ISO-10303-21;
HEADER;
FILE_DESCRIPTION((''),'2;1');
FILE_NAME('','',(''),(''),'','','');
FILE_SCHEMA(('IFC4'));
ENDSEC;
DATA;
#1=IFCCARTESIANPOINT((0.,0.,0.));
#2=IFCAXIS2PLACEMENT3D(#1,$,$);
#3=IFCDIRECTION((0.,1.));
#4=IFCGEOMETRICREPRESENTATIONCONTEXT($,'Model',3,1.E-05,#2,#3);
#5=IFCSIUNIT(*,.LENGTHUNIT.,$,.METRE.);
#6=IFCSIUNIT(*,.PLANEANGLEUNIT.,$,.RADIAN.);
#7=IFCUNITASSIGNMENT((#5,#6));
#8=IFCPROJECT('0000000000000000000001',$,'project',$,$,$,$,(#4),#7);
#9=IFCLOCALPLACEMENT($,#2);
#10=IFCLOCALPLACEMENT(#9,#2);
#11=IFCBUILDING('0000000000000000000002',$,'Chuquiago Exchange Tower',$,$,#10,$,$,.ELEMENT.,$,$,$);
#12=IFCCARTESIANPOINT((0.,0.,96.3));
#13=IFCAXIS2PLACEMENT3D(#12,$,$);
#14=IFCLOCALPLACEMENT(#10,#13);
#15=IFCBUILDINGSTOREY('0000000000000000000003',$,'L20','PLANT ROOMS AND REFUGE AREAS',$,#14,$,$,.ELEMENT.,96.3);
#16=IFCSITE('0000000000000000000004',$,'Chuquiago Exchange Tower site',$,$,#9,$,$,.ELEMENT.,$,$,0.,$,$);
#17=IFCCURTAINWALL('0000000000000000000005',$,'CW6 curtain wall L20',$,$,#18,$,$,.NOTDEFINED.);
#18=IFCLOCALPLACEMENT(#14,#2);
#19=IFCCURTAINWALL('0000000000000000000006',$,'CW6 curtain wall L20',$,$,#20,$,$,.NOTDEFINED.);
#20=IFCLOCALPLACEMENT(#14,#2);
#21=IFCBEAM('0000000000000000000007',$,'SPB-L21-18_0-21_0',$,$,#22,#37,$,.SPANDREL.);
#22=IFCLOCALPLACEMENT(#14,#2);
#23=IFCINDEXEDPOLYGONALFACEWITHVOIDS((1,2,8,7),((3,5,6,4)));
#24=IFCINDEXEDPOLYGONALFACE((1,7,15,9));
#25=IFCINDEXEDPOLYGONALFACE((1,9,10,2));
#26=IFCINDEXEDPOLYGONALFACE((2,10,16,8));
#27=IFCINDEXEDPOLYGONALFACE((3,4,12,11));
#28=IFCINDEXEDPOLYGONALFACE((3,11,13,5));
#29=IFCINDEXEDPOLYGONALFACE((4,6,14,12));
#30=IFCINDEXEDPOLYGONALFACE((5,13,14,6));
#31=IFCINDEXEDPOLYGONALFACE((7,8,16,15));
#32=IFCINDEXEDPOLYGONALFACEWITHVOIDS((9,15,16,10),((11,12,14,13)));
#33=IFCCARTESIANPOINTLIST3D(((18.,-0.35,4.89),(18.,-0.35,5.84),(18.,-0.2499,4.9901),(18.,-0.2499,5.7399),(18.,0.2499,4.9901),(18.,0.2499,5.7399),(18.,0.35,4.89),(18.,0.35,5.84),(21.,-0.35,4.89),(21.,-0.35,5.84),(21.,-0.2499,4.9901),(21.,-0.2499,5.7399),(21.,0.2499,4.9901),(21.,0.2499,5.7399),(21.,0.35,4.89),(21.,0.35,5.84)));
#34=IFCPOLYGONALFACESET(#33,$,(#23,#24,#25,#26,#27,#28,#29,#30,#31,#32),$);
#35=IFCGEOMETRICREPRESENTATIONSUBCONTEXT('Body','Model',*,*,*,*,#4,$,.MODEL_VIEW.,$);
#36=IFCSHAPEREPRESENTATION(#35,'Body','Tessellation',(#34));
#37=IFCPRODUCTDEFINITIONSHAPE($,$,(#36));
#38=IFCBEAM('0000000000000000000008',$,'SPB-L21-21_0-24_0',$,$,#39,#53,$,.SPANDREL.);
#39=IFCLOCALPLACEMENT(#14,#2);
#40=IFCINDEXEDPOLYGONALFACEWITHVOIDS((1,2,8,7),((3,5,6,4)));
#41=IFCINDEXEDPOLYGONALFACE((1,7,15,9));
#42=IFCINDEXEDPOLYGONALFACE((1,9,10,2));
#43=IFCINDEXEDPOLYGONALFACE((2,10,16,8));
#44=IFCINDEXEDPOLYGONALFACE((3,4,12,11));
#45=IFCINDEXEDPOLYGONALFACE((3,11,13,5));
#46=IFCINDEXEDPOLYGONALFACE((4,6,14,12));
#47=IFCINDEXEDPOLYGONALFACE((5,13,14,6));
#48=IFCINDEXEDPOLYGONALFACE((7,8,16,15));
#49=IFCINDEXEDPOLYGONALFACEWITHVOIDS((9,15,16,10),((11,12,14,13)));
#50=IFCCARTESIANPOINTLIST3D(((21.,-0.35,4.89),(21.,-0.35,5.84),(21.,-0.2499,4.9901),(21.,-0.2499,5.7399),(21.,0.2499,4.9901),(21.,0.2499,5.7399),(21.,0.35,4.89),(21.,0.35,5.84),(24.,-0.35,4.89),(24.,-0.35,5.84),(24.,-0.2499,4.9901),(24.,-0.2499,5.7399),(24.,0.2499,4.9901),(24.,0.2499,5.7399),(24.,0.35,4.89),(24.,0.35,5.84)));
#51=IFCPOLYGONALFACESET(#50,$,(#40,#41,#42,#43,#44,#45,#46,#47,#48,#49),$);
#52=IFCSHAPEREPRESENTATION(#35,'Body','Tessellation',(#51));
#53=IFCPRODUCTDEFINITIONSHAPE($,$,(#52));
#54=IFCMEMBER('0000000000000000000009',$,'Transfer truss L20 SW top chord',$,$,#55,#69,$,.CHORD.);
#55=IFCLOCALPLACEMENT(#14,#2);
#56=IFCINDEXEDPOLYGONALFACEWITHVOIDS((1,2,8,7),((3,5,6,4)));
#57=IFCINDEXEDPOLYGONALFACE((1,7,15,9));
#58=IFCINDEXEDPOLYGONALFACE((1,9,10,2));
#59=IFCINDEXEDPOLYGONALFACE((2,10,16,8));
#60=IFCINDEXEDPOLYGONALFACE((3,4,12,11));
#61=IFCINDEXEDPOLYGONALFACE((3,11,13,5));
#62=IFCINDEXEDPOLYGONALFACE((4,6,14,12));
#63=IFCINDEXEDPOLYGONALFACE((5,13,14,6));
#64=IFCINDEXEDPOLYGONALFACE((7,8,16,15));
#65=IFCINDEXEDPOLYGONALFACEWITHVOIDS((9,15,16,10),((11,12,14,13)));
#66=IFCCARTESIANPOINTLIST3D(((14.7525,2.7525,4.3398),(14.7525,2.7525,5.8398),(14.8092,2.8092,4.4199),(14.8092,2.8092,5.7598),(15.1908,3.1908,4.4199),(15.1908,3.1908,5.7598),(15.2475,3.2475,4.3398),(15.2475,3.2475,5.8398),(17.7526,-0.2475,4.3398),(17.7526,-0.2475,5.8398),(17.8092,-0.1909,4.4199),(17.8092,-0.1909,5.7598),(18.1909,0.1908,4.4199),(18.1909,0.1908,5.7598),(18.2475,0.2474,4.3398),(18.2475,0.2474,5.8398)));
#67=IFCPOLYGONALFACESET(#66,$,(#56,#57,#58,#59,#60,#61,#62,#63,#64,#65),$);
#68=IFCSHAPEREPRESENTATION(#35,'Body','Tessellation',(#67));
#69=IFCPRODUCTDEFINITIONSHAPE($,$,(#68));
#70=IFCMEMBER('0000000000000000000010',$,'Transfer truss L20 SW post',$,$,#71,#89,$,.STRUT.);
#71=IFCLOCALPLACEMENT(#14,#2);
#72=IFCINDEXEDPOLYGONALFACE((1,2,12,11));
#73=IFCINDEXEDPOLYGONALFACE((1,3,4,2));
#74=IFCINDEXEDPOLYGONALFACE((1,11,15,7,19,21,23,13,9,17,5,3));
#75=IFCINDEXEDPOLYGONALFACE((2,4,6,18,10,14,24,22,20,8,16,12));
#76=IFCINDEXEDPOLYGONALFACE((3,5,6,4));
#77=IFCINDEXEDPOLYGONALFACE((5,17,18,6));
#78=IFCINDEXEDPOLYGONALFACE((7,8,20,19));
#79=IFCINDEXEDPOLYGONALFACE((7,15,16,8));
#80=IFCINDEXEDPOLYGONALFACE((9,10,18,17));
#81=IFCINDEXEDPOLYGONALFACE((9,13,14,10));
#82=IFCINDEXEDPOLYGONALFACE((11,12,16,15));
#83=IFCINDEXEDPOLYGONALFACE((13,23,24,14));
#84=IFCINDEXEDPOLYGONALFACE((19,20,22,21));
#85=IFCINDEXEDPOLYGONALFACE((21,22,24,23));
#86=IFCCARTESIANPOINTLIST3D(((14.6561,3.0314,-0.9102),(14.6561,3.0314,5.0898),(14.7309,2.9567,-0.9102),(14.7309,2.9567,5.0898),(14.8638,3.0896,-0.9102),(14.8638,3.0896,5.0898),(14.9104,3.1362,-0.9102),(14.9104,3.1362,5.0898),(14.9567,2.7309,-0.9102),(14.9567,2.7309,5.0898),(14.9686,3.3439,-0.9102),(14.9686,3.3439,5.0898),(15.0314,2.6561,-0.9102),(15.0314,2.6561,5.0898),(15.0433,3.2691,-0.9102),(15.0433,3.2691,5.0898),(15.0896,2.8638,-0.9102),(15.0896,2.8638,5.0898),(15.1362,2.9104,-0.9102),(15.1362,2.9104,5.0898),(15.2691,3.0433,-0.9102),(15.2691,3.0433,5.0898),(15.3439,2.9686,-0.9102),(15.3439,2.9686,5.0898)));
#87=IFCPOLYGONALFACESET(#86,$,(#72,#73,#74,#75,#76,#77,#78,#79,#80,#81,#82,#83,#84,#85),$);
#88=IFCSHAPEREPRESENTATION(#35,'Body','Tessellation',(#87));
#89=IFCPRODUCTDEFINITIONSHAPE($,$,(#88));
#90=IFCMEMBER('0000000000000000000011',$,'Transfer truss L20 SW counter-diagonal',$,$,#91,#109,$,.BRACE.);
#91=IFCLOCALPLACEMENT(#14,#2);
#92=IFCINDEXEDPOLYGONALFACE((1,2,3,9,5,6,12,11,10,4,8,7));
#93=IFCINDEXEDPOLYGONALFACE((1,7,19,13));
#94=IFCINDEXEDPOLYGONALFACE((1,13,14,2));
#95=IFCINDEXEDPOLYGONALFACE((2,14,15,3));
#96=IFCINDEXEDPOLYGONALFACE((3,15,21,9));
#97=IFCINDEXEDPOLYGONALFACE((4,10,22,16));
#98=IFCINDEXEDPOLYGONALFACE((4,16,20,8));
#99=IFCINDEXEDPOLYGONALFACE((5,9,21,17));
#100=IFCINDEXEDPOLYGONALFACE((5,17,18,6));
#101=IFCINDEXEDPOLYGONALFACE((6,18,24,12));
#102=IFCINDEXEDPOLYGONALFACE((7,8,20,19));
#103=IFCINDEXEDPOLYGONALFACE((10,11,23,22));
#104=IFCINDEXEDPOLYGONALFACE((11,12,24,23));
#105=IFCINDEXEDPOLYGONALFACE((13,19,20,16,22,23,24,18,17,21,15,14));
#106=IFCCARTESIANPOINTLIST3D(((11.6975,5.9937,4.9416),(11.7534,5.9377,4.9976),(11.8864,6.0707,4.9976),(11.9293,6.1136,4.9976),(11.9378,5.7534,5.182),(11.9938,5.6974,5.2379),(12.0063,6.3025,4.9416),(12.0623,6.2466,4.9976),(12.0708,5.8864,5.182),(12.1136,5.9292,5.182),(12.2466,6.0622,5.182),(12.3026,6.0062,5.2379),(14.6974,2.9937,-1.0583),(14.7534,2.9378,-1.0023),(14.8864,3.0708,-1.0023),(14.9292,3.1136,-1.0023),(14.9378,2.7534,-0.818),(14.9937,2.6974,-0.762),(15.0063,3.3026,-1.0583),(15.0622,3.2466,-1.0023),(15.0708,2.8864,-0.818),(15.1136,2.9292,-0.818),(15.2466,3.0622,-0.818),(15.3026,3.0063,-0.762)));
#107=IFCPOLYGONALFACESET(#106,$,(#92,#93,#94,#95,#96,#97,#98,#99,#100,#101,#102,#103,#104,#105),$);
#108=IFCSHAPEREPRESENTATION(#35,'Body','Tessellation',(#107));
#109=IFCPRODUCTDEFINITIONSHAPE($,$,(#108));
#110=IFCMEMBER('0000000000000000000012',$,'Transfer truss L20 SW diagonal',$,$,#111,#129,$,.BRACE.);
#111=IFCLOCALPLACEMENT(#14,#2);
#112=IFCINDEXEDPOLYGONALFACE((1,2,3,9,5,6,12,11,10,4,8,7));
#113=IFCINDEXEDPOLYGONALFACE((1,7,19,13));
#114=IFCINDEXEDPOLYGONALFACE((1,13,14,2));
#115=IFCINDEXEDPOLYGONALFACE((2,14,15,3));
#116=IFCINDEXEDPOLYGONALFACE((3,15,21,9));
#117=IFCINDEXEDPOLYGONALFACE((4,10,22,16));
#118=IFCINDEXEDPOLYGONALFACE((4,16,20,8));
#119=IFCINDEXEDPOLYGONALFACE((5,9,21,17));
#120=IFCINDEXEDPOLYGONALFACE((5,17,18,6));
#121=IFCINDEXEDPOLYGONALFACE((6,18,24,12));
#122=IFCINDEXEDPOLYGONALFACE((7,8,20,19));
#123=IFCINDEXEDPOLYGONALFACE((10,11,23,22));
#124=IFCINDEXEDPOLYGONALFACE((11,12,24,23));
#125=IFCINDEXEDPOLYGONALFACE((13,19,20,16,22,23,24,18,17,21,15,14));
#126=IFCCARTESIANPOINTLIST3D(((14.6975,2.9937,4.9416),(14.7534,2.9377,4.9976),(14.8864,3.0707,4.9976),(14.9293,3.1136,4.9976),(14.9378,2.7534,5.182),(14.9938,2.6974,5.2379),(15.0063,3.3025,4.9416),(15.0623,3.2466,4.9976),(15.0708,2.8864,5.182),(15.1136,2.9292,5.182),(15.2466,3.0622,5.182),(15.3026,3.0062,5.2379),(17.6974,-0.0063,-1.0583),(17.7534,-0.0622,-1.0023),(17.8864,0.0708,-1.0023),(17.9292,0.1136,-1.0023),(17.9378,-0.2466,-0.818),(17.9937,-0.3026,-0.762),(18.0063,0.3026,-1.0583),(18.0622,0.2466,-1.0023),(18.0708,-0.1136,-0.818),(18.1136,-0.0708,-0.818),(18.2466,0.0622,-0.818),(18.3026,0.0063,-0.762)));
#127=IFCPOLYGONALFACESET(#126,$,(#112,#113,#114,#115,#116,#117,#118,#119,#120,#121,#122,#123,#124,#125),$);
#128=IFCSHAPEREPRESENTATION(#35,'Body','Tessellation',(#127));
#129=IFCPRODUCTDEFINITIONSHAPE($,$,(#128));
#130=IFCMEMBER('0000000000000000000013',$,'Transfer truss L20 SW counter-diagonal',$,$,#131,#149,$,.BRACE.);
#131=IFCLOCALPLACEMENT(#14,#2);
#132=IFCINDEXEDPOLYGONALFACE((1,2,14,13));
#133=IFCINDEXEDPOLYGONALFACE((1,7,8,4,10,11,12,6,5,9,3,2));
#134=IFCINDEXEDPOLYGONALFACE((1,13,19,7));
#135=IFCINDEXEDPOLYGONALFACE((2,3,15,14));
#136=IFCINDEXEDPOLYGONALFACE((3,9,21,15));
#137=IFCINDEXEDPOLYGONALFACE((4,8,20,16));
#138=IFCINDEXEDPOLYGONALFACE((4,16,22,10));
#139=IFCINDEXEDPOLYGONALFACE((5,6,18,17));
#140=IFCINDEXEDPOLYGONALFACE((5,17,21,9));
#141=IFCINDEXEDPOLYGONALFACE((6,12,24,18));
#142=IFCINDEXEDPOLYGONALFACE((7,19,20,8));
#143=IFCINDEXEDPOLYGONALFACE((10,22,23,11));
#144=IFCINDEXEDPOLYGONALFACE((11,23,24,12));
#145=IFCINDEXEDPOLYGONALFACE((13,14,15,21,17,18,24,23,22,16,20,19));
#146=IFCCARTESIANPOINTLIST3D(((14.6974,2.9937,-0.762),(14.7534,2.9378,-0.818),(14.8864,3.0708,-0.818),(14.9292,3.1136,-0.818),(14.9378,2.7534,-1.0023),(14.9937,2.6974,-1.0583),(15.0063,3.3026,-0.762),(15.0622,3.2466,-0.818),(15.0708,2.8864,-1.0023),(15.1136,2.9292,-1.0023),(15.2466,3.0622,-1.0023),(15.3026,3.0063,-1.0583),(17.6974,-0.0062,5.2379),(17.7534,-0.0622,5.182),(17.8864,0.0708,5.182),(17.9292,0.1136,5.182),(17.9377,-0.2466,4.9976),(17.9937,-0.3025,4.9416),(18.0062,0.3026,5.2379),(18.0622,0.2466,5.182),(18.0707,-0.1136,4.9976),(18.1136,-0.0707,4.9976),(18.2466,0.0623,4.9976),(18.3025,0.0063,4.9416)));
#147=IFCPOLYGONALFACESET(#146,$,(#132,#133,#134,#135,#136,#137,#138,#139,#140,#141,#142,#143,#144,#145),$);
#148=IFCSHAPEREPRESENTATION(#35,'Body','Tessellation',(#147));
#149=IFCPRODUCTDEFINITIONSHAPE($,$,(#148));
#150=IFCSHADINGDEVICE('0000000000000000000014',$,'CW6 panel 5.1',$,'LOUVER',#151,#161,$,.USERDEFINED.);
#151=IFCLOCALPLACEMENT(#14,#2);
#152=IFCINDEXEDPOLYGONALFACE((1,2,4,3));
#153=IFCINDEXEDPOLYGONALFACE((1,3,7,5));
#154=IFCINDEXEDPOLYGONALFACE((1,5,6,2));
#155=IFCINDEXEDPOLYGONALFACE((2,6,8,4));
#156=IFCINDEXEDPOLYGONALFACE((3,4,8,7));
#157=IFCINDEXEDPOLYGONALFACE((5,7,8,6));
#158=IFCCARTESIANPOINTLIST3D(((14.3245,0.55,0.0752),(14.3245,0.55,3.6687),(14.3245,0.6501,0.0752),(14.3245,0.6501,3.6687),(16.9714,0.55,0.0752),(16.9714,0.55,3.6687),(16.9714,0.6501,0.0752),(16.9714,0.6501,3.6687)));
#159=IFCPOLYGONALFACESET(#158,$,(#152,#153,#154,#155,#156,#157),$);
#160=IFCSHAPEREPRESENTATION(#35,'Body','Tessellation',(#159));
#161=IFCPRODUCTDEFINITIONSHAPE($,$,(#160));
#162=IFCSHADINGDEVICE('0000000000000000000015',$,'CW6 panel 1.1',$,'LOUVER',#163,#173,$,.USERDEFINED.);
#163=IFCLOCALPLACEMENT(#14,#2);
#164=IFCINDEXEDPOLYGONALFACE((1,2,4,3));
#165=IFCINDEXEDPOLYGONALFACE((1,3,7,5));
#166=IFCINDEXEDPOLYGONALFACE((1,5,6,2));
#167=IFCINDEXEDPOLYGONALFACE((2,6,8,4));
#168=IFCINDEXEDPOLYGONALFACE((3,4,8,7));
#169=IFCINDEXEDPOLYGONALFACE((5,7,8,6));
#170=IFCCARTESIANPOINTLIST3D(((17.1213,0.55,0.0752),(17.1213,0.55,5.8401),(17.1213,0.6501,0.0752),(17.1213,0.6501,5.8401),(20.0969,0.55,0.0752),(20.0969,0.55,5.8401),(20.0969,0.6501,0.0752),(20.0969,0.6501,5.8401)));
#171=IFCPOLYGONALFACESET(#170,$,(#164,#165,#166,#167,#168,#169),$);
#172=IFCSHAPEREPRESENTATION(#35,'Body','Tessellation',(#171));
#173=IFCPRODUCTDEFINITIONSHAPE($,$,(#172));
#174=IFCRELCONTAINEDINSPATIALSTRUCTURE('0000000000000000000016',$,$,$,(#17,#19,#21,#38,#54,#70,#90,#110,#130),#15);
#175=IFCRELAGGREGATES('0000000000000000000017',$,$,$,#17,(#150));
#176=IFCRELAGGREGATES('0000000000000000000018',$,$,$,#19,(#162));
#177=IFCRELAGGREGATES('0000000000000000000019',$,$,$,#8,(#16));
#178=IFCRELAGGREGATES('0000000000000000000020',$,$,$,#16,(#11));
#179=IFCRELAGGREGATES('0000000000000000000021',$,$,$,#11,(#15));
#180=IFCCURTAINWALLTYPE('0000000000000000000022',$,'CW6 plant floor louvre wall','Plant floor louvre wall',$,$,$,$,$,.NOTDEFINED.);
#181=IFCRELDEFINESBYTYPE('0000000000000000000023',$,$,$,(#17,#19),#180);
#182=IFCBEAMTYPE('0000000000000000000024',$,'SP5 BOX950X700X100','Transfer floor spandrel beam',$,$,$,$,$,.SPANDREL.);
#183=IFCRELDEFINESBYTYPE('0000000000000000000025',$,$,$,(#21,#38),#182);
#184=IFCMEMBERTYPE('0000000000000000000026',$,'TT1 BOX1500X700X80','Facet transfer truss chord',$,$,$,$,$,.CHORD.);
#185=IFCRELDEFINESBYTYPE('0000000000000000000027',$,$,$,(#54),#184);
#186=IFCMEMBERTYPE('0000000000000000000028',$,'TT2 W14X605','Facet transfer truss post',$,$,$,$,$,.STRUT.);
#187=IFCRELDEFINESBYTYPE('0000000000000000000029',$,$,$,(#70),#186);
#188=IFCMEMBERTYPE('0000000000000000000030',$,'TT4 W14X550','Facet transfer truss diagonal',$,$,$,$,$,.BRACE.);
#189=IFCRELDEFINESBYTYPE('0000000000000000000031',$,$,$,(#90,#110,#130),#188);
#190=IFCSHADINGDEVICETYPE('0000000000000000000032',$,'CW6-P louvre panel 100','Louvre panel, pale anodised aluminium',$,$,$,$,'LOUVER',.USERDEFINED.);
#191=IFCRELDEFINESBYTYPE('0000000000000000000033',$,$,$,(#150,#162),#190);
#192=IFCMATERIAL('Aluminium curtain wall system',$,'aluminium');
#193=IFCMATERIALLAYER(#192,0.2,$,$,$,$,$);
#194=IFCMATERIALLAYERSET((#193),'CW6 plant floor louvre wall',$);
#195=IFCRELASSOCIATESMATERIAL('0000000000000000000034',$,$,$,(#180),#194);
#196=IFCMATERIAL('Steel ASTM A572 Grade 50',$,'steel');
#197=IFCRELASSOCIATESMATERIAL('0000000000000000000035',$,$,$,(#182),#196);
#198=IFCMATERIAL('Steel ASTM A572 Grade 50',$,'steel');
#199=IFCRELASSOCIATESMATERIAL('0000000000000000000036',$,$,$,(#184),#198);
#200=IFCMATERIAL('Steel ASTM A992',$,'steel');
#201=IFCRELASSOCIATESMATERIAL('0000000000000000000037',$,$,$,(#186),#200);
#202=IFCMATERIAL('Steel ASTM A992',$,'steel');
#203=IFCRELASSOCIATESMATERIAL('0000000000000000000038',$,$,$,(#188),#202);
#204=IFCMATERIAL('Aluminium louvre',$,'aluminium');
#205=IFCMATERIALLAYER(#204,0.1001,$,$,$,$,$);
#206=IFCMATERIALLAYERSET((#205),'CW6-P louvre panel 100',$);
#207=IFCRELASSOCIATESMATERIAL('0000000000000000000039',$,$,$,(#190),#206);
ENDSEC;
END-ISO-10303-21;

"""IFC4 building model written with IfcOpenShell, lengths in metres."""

from ifc_helpers import new_model, si_unit, direction, frame, origin, origin_2d, place, context, subcontext, project, spatial, rectangle, hollow_rectangle, i_section, extrude, material, layer, layer_set, material_profile, profile_set, type_object, element, aggregate, save


model = new_model("IFC4")

# Units and contexts
model_context = context("Model", 3, precision=1e-05, world=origin(), true_north=direction((0.0, 1.0)))
body_context = subcontext(model_context, "Body", "Model", "MODEL_VIEW")
ifc_project = project(units=[si_unit("LENGTHUNIT", "METRE"), si_unit("PLANEANGLEUNIT", "RADIAN")], contexts=[model_context])

# Site, building, storey
site_placement = place(None, origin())
site = spatial("IfcSite", under=ifc_project, at=site_placement, Name="Chuquiago Exchange Tower site", CompositionType="ELEMENT", RefElevation=0.0)
building_placement = place(site_placement, origin())
building = spatial("IfcBuilding", under=site, at=building_placement, Name="Chuquiago Exchange Tower", CompositionType="ELEMENT")
storey_placement = place(building_placement, frame((0.0, 0.0, 96.3)))
storey = spatial("IfcBuildingStorey", under=building, at=storey_placement, Name="L20", Description="PLANT ROOMS AND REFUGE AREAS", CompositionType="ELEMENT", Elevation=96.3)

# Curtain wall
ifc_material_1 = material(Name="Aluminium curtain wall system", Category="aluminium")
ifc_layer_1 = layer(ifc_material_1, 0.2)
ifc_layer_set_1 = layer_set([ifc_layer_1], Name="CW6 plant floor louvre wall")
curtain_wall_type = type_object("IfcCurtainWallType", Name="CW6 plant floor louvre wall", Description="Plant floor louvre wall", PredefinedType="NOTDEFINED", material=ifc_layer_set_1)
curtain_wall_1_placement = place(storey_placement, origin())
curtain_wall_1 = element("IfcCurtainWall", 1, at=curtain_wall_1_placement, inside=storey, type_object=curtain_wall_type, Name="CW6 curtain wall L20", PredefinedType="NOTDEFINED")

# Curtain wall
curtain_wall_2_placement = place(storey_placement, origin())
curtain_wall_2 = element("IfcCurtainWall", 2, at=curtain_wall_2_placement, inside=storey, type_object=curtain_wall_type, Name="CW6 curtain wall L20", PredefinedType="NOTDEFINED")

# Beams
ifc_material_2 = material(Name="Steel ASTM A572 Grade 50", Category="steel")
ifc_material_profile_1 = material_profile(ifc_material_2, hollow_rectangle(XDim=0.7, YDim=0.95, WallThickness=0.1001, at=origin_2d()), Name="BOX950X700X100")
ifc_profile_set_1 = profile_set([ifc_material_profile_1], Name="Steel ASTM A572 Grade 50")
beam_type_1 = type_object("IfcBeamType", Name="SP5 BOX950X700X100", Description="Transfer floor spandrel beam", PredefinedType="SPANDREL", material=ifc_profile_set_1)
for number, where, z_axis, x_axis, name in (
    (3, (18.0, 0.0, 5.365), (1.0, 0.0, 0.0), (0.0, 1.0, 0.0), "SPB-L21-18_0-21_0"),
    (4, (21.0, 0.0, 5.365), (1.0, 0.0, 0.0), (0.0, 1.0, 0.0), "SPB-L21-21_0-24_0"),
):
    element("IfcBeam", number, at=place(storey_placement, frame(where, z_axis=z_axis, x_axis=x_axis)), inside=storey, type_object=beam_type_1, Name=name, PredefinedType="SPANDREL", context=body_context, shape_type="SweptSolid", body=[
        extrude(hollow_rectangle(XDim=0.7, YDim=0.95, WallThickness=0.1001, at=origin_2d()), origin(), (0.0, 0.0, 1.0), 3.0),
    ])

# Members
ifc_material_3 = material(Name="Steel ASTM A572 Grade 50", Category="steel")
ifc_material_profile_2 = material_profile(ifc_material_3, hollow_rectangle(XDim=0.7, YDim=1.5, WallThickness=0.0801, at=origin_2d()), Name="BOX1500X700X80")
ifc_profile_set_2 = profile_set([ifc_material_profile_2], Name="Steel ASTM A572 Grade 50")
member_type_1 = type_object("IfcMemberType", Name="TT1 BOX1500X700X80", Description="Facet transfer truss chord", PredefinedType="CHORD", material=ifc_profile_set_2)
member_1_placement = place(storey_placement, frame((15.0, 3.0, 5.0898), z_axis=(0.707107, -0.707107, 0.0), x_axis=(0.707107, 0.707107, 0.0)))
element("IfcMember", 5, at=member_1_placement, inside=storey, type_object=member_type_1, Name="Transfer truss L20 SW top chord", PredefinedType="CHORD", context=body_context, shape_type="SweptSolid", body=[
    extrude(hollow_rectangle(XDim=0.7, YDim=1.5, WallThickness=0.0801, at=origin_2d()), origin(), (0.0, 0.0, 1.0), 4.2427),
])
ifc_material_4 = material(Name="Steel ASTM A992", Category="steel")
ifc_material_profile_3 = material_profile(ifc_material_4, i_section(OverallWidth=0.4419, OverallDepth=0.5308, WebThickness=0.0659, FlangeThickness=0.1057, at=origin_2d()), Name="W14X605")
ifc_profile_set_3 = profile_set([ifc_material_profile_3], Name="Steel ASTM A992")
member_type_2 = type_object("IfcMemberType", Name="TT2 W14X605", Description="Facet transfer truss post", PredefinedType="STRUT", material=ifc_profile_set_3)
member_2_placement = place(storey_placement, frame((15.0, 3.0, -0.9102), z_axis=(0.0, 0.0, 1.0), x_axis=(-0.707107, -0.707107, 0.0)))
element("IfcMember", 6, at=member_2_placement, inside=storey, type_object=member_type_2, Name="Transfer truss L20 SW post", PredefinedType="STRUT", context=body_context, shape_type="SweptSolid", body=[
    extrude(i_section(OverallWidth=0.4419, OverallDepth=0.5308, WebThickness=0.0659, FlangeThickness=0.1057, at=origin_2d()), origin(), (0.0, 0.0, 1.0), 6.0),
])
ifc_material_5 = material(Name="Steel ASTM A992", Category="steel")
ifc_material_profile_4 = material_profile(ifc_material_5, i_section(OverallWidth=0.4368, OverallDepth=0.5132, WebThickness=0.0605, FlangeThickness=0.0969, at=origin_2d()), Name="W14X550")
ifc_profile_set_4 = profile_set([ifc_material_profile_4], Name="Steel ASTM A992")
member_type_3 = type_object("IfcMemberType", Name="TT4 W14X550", Description="Facet transfer truss diagonal", PredefinedType="BRACE", material=ifc_profile_set_4)
for number, where, z_axis, x_axis, name in (
    (7, (15.0, 3.0, -0.9102), (-0.408248, 0.408248, 0.816497), (-0.707107, -0.707107, 0.0), "Transfer truss L20 SW counter-diagonal"),
    (8, (18.0, 0.0, -0.9102), (-0.408248, 0.408248, 0.816497), (-0.707107, -0.707107, 0.0), "Transfer truss L20 SW diagonal"),
    (9, (15.0, 3.0, -0.9102), (0.408248, -0.408248, 0.816497), (0.707107, 0.707107, 0.0), "Transfer truss L20 SW counter-diagonal"),
):
    element("IfcMember", number, at=place(storey_placement, frame(where, z_axis=z_axis, x_axis=x_axis)), inside=storey, type_object=member_type_3, Name=name, PredefinedType="BRACE", context=body_context, shape_type="SweptSolid", body=[
        extrude(i_section(OverallWidth=0.4368, OverallDepth=0.5132, WebThickness=0.0605, FlangeThickness=0.0969, at=origin_2d()), origin(), (0.0, 0.0, 1.0), 7.3484),
    ])

# Shading devices
ifc_material_6 = material(Name="Aluminium louvre", Category="aluminium")
ifc_layer_2 = layer(ifc_material_6, 0.1001)
ifc_layer_set_2 = layer_set([ifc_layer_2], Name="CW6-P louvre panel 100")
shading_device_type = type_object("IfcShadingDeviceType", Name="CW6-P louvre panel 100", Description="Louvre panel, pale anodised aluminium", ElementType="LOUVER", PredefinedType="USERDEFINED", material=ifc_layer_set_2)
shading_device_1_placement = place(storey_placement, frame((15.6479, 0.6001, 0.0752), z_axis=(0.0, 0.0, 1.0), x_axis=(1.0, 0.0, 0.0)))
shading_device_1 = element("IfcShadingDevice", 10, at=shading_device_1_placement, type_object=shading_device_type, Name="CW6 panel 5.1", ObjectType="LOUVER", PredefinedType="USERDEFINED", context=body_context, shape_type="SweptSolid", body=[
    extrude(rectangle(XDim=2.647, YDim=0.1001, at=origin_2d()), origin(), (0.0, 0.0, 1.0), 3.5935),
])
aggregate(curtain_wall_1, [shading_device_1])
shading_device_2_placement = place(storey_placement, frame((18.6091, 0.6001, 0.0752), z_axis=(0.0, 0.0, 1.0), x_axis=(1.0, 0.0, 0.0)))
shading_device_2 = element("IfcShadingDevice", 11, at=shading_device_2_placement, type_object=shading_device_type, Name="CW6 panel 1.1", ObjectType="LOUVER", PredefinedType="USERDEFINED", context=body_context, shape_type="SweptSolid", body=[
    extrude(rectangle(XDim=2.9756, YDim=0.1001, at=origin_2d()), origin(), (0.0, 0.0, 1.0), 5.7649),
])
aggregate(curtain_wall_2, [shading_device_2])

save(model, "model.ifc")
